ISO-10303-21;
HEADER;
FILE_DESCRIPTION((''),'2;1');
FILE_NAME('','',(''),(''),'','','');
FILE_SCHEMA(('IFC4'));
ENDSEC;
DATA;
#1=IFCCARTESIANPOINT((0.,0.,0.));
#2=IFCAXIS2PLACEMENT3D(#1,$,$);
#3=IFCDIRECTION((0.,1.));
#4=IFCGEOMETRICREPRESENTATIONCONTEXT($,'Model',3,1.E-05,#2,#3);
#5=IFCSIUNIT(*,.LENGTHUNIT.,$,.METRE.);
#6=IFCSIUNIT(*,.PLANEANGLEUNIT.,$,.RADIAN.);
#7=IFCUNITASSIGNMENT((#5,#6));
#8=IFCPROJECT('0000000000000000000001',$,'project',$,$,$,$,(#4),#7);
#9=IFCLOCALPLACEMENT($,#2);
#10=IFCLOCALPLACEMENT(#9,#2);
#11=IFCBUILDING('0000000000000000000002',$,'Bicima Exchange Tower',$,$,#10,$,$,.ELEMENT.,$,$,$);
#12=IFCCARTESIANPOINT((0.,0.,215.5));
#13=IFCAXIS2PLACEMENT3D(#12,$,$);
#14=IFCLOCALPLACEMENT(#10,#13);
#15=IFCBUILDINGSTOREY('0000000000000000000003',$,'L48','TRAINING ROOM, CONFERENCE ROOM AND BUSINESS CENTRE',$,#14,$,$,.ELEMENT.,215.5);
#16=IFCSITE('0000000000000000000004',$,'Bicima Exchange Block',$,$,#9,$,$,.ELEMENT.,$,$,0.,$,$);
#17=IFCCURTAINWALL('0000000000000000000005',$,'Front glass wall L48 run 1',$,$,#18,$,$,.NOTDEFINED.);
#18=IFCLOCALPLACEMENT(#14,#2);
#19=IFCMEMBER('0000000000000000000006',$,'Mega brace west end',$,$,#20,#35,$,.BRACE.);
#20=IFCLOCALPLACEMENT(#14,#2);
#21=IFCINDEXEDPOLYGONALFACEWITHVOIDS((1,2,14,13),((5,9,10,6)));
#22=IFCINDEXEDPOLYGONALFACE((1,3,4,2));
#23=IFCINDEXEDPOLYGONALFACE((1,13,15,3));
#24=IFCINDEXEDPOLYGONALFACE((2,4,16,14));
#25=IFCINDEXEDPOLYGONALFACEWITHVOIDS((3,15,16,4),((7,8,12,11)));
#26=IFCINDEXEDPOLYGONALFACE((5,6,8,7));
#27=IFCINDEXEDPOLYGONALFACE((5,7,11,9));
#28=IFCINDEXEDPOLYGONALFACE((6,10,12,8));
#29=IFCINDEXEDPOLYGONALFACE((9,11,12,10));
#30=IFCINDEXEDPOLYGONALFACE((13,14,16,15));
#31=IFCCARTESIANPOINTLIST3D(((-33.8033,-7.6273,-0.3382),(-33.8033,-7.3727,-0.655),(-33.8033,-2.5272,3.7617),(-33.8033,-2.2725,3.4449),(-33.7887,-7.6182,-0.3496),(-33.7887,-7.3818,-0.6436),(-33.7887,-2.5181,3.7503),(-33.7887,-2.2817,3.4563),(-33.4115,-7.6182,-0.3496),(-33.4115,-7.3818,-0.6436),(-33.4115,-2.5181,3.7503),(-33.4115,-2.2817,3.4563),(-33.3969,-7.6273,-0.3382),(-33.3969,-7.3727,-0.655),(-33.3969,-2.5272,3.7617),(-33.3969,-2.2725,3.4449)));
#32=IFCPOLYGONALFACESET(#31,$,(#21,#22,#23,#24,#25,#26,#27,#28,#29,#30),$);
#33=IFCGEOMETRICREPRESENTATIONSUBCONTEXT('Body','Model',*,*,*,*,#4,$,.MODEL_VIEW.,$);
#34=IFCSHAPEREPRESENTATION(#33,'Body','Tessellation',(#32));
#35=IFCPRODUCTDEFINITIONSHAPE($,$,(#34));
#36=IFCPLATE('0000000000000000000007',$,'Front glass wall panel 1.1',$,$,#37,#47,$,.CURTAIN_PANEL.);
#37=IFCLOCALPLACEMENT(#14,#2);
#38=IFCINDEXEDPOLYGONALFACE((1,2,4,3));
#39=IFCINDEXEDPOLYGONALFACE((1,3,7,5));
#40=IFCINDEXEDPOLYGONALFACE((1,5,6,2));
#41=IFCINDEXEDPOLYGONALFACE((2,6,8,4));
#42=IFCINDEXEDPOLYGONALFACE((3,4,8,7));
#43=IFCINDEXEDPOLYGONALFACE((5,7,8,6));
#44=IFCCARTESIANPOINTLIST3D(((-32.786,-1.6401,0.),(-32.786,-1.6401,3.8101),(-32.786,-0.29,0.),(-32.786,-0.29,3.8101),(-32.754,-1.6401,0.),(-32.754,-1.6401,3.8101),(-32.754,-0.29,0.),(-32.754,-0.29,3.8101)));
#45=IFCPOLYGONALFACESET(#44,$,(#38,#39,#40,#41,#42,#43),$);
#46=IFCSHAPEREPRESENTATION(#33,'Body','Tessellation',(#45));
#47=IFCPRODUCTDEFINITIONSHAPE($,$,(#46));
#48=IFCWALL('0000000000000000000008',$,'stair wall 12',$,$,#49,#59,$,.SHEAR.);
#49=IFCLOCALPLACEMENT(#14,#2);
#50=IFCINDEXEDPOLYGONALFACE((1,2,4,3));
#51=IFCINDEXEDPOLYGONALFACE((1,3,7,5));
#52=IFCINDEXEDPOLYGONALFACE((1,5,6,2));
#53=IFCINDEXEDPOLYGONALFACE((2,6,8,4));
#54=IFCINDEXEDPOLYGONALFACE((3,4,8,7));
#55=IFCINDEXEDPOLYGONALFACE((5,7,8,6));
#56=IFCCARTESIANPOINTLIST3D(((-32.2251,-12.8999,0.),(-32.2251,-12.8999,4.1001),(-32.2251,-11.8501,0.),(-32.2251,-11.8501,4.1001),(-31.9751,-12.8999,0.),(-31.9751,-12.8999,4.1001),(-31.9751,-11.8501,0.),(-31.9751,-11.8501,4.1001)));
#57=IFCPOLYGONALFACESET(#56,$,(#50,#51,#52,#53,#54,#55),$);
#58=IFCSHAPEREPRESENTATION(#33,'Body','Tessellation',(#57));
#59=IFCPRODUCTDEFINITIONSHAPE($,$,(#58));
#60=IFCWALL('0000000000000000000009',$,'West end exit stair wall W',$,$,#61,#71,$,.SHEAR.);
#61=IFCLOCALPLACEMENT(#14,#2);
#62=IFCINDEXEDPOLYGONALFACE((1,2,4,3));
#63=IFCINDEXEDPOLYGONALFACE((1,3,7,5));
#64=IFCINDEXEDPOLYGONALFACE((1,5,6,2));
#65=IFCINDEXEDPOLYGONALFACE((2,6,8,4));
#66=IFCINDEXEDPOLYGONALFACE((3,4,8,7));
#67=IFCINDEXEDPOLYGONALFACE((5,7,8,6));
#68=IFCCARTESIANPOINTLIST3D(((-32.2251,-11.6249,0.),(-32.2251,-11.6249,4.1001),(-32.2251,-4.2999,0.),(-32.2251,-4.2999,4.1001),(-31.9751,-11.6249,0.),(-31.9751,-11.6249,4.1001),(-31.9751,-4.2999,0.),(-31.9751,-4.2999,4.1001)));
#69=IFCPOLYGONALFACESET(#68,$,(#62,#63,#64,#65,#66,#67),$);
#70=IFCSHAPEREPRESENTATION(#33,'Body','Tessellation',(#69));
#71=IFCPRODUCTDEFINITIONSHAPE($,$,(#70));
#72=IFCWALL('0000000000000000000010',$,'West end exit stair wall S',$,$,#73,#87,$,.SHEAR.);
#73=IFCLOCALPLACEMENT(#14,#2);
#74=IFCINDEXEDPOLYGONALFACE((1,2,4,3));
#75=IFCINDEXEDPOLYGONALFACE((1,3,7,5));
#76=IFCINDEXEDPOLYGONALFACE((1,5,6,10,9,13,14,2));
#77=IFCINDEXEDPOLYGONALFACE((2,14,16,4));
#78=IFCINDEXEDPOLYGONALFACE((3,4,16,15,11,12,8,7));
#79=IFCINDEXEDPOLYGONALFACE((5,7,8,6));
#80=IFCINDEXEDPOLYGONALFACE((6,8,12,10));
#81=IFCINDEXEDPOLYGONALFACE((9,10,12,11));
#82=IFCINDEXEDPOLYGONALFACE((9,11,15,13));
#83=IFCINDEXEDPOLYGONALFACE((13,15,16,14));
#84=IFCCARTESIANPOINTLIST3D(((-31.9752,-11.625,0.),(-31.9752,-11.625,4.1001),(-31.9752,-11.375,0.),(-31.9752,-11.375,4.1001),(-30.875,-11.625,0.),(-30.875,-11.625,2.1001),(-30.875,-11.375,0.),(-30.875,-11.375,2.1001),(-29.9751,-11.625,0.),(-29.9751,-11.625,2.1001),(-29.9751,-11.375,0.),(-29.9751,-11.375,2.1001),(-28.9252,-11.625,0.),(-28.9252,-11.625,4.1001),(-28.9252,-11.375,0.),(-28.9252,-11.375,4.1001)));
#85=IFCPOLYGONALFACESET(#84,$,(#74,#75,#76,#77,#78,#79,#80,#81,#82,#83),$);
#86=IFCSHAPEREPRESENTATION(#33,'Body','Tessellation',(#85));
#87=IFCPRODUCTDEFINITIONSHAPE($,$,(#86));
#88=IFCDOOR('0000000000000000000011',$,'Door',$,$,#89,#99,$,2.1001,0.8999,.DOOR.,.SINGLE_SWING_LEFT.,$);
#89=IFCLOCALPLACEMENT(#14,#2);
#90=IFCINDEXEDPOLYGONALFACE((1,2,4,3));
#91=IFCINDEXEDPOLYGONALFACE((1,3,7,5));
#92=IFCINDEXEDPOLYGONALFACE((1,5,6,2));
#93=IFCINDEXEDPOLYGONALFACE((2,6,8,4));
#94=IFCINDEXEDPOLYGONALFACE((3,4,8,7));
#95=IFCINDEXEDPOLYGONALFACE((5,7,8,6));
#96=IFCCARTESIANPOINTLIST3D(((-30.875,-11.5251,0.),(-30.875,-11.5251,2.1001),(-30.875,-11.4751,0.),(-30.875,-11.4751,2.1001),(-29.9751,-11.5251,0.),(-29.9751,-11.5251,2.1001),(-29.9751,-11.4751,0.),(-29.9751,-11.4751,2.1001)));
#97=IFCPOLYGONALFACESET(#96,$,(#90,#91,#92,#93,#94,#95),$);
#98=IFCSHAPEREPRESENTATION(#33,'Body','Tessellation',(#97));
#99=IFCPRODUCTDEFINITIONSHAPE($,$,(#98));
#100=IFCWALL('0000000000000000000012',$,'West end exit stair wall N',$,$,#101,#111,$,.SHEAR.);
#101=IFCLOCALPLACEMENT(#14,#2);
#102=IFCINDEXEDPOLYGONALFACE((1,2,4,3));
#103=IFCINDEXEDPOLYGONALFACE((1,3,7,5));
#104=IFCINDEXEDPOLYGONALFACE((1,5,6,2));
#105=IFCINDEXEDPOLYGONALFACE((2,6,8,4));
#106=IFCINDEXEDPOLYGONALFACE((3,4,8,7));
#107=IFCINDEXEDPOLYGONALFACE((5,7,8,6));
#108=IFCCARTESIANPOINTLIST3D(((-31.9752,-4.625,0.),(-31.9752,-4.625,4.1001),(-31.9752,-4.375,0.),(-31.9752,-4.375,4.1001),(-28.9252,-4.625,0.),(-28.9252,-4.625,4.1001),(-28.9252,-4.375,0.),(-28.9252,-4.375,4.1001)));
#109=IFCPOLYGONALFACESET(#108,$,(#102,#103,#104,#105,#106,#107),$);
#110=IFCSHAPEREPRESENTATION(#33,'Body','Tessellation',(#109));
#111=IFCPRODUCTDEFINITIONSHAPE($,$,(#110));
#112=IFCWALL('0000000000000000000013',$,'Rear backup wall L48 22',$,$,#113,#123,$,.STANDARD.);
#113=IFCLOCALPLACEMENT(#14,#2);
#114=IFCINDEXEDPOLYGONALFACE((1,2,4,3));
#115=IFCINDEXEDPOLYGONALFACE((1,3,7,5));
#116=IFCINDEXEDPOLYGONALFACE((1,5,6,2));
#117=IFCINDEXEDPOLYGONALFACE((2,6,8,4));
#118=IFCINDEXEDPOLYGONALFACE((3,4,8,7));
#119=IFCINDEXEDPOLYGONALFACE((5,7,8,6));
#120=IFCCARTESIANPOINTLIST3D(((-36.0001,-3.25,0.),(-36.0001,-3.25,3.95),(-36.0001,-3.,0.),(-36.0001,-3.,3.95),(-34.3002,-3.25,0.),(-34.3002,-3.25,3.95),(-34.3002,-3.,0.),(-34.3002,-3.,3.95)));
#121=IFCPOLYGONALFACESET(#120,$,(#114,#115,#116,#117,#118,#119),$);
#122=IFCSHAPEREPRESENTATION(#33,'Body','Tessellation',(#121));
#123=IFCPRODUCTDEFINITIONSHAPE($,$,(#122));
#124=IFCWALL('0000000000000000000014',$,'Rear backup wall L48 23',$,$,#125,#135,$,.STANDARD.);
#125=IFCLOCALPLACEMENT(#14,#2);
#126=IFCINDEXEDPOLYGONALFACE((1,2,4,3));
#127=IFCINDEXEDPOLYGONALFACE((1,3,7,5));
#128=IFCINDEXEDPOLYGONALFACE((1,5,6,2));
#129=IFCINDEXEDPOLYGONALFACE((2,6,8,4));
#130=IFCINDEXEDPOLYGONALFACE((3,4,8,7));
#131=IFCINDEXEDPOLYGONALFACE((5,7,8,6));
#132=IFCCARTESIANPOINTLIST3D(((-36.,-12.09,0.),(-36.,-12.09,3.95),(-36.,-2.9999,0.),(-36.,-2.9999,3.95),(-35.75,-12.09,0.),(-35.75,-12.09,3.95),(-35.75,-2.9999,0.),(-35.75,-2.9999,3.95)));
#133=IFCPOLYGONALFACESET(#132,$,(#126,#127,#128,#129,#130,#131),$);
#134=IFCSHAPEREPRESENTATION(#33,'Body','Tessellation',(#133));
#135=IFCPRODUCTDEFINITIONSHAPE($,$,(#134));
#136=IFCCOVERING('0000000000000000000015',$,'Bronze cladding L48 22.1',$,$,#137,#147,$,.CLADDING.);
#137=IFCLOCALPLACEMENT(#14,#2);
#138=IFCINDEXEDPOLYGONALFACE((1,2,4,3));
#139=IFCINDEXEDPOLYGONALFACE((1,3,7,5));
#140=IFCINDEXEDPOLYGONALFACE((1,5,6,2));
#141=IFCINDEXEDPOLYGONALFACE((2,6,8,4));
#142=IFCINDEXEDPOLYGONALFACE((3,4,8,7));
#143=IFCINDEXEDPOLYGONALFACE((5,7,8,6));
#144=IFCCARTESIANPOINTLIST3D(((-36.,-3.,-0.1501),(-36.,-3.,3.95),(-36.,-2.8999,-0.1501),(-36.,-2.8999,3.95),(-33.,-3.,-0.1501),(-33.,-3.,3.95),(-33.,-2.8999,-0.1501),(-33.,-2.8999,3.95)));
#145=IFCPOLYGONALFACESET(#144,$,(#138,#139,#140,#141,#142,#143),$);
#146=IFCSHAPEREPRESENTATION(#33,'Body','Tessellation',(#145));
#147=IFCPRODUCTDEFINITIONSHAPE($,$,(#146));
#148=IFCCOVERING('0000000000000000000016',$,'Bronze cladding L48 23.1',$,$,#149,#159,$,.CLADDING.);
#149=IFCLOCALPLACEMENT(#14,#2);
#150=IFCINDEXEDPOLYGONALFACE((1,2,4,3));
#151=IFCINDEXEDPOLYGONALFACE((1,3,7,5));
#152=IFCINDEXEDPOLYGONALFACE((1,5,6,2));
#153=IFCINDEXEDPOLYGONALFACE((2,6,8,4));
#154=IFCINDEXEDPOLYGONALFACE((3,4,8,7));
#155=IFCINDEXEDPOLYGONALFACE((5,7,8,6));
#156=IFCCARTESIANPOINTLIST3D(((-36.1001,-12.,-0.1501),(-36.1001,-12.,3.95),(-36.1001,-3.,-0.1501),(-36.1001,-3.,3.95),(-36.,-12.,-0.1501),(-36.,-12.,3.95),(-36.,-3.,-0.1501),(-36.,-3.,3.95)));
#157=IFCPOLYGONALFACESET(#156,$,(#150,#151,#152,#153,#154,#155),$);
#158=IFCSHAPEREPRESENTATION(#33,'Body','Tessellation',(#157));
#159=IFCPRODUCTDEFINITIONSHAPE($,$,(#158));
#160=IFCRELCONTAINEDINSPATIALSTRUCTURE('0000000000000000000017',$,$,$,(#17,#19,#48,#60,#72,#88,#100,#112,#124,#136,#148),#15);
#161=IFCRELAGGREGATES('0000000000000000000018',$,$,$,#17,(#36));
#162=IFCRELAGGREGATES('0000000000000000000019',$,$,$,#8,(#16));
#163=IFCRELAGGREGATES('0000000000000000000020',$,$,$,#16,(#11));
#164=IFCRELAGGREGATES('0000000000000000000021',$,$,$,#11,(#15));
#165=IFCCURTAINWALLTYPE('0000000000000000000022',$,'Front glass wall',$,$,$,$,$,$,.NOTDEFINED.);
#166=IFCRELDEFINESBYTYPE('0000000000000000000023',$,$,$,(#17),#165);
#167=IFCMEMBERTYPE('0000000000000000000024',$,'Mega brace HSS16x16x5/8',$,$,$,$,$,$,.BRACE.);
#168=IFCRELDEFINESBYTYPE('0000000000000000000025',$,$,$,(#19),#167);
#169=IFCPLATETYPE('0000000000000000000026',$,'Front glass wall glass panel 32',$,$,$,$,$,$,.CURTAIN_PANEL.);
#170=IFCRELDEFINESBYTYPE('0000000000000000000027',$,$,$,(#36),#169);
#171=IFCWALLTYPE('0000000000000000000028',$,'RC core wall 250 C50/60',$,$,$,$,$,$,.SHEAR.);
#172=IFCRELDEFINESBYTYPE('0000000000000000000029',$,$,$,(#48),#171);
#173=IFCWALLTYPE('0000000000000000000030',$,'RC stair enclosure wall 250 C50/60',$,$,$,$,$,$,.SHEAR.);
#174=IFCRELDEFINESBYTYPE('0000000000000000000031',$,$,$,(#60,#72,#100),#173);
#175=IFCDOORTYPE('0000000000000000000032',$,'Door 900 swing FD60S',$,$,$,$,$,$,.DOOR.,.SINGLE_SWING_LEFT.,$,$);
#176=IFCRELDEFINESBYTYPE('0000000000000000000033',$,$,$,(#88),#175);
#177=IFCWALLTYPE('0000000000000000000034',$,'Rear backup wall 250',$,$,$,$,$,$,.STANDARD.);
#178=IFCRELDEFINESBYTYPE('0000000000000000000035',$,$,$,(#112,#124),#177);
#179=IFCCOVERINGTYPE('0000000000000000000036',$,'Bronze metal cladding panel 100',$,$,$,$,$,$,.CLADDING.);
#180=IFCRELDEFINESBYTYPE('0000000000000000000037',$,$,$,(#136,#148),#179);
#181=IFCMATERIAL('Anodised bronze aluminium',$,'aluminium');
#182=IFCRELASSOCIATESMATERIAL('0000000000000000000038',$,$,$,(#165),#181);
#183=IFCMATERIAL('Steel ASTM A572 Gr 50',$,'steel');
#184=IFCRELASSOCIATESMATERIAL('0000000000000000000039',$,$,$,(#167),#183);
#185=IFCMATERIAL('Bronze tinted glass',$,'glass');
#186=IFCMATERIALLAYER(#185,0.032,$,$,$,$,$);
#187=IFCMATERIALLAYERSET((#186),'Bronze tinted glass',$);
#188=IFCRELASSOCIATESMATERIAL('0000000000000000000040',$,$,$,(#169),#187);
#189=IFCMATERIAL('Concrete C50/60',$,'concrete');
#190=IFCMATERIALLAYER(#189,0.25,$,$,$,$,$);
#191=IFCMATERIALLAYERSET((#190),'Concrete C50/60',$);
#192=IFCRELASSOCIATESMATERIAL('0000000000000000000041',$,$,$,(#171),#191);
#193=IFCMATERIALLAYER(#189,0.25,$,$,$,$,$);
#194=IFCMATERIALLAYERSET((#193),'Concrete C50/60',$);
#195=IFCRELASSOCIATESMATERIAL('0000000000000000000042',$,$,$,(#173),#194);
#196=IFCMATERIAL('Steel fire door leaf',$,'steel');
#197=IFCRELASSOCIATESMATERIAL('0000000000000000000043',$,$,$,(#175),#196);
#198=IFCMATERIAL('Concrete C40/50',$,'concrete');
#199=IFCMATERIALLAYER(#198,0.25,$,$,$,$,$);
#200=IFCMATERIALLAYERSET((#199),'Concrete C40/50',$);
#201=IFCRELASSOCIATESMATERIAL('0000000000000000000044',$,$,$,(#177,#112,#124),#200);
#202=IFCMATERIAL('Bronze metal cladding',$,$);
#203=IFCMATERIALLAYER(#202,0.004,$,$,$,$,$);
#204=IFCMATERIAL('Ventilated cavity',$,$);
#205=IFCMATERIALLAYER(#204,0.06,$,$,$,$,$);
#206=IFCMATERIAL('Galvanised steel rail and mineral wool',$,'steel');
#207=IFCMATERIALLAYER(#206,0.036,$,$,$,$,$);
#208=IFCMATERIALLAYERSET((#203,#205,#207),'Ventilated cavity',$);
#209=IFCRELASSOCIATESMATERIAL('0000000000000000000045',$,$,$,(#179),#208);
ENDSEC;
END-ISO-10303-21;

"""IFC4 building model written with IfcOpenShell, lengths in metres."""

from ifc_helpers import new_model, si_unit, direction, frame, frame_2d, origin, origin_2d, place, context, subcontext, project, spatial, rectangle, hollow_rectangle, extrude, material, layer, layer_set, layer_usage, material_profile, profile_set, type_object, element, fill, aggregate, save


model = new_model("IFC4")

# Units and contexts
model_context = context("Model", 3, precision=1e-05, world=origin(), true_north=direction((0.0, 1.0)))
body_context = subcontext(model_context, "Body", "Model", "MODEL_VIEW")
ifc_project = project(units=[si_unit("LENGTHUNIT", "METRE"), si_unit("PLANEANGLEUNIT", "RADIAN")], contexts=[model_context])

# Site, building, storey
site_placement = place(None, origin())
site = spatial("IfcSite", under=ifc_project, at=site_placement, Name="Bicima Exchange Block", CompositionType="ELEMENT", RefElevation=0.0)
building_placement = place(site_placement, origin())
building = spatial("IfcBuilding", under=site, at=building_placement, Name="Bicima Exchange Tower", CompositionType="ELEMENT")
storey_placement = place(building_placement, frame((0.0, 0.0, 215.5)))
storey = spatial("IfcBuildingStorey", under=building, at=storey_placement, Name="L48", Description="TRAINING ROOM, CONFERENCE ROOM AND BUSINESS CENTRE", CompositionType="ELEMENT", Elevation=215.5)

# Shared definitions
ifc_material_1 = material(Name="Steel ASTM A572 Gr 50", Category="steel")

# Shared definitions
ifc_material_2 = material(Name="Anodised bronze aluminium", Category="aluminium")

# Curtain wall
curtain_wall_type_1 = type_object("IfcCurtainWallType", Name="Front glass wall", PredefinedType="NOTDEFINED", material=ifc_material_2)
curtain_wall_1_placement = place(storey_placement, origin())
curtain_wall_1 = element("IfcCurtainWall", 1, at=curtain_wall_1_placement, inside=storey, type_object=curtain_wall_type_1, Name="Front glass wall L48 run 1", PredefinedType="NOTDEFINED")

# Member
ifc_material_profile_1 = material_profile(ifc_material_1, hollow_rectangle(XDim=0.4065, YDim=0.4065, WallThickness=0.0146, at=origin_2d()))
ifc_profile_set_1 = profile_set([ifc_material_profile_1], Name="Steel ASTM A572 Gr 50")
member_type_1 = type_object("IfcMemberType", Name="Mega brace HSS16x16x5/8", PredefinedType="BRACE", material=ifc_profile_set_1)
for number, where, z_axis, x_axis, name in (
    (2, (-33.6001, -7.5, -0.4966), (0.0, 0.779392, 0.626536), (-1.0, 0.0, 0.0), "Mega brace west end"),
):
    element("IfcMember", number, at=place(storey_placement, frame(where, z_axis=z_axis, x_axis=x_axis)), inside=storey, type_object=member_type_1, Name=name, PredefinedType="BRACE", context=body_context, shape_type="SweptSolid", body=[
        extrude(hollow_rectangle(XDim=0.4065, YDim=0.4065, WallThickness=0.0146, at=origin_2d()), origin(), (0.0, 0.0, 1.0), 6.5437),
    ])

# Plate
ifc_material_3 = material(Name="Bronze tinted glass", Category="glass")
ifc_layer_1 = layer(ifc_material_3, 0.032)
ifc_layer_set_1 = layer_set([ifc_layer_1], Name="Bronze tinted glass")
plate_type = type_object("IfcPlateType", Name="Front glass wall glass panel 32", PredefinedType="CURTAIN_PANEL", material=ifc_layer_set_1)
plate_placement = place(storey_placement, frame((-32.77, -0.9651, 0.0), z_axis=(0.0, 0.0, 1.0), x_axis=(0.0, -1.0, 0.0)))
plate = element("IfcPlate", 3, at=plate_placement, type_object=plate_type, Name="Front glass wall panel 1.1", PredefinedType="CURTAIN_PANEL", context=body_context, shape_type="SweptSolid", body=[
    extrude(rectangle(XDim=1.3501, YDim=0.032, at=origin_2d()), origin(), (0.0, 0.0, 1.0), 3.8101),
])
aggregate(curtain_wall_1, [plate])

# Walls
ifc_material_4 = material(Name="Concrete C50/60", Category="concrete")
ifc_layer_2 = layer(ifc_material_4, 0.25)
ifc_layer_set_2 = layer_set([ifc_layer_2], Name="Concrete C50/60")
wall_type_1 = type_object("IfcWallType", Name="RC core wall 250 C50/60", PredefinedType="SHEAR", material=ifc_layer_set_2)
wall_1_placement = place(storey_placement, frame((-32.1001, -12.8999, 0.0), z_axis=(0.0, 0.0, 1.0), x_axis=(0.0, 1.0, 0.0)))
element("IfcWall", 4, at=wall_1_placement, inside=storey, type_object=wall_type_1, Name="stair wall 12", PredefinedType="SHEAR", context=body_context, shape_type="SweptSolid", body=[
    extrude(rectangle(XDim=1.0498, YDim=0.25, at=frame_2d((0.5249, 0.0))), origin(), (0.0, 0.0, 1.0), 4.1001),
])
ifc_layer_3 = layer(ifc_material_4, 0.25)
ifc_layer_set_3 = layer_set([ifc_layer_3], Name="Concrete C50/60")
wall_type_2 = type_object("IfcWallType", Name="RC stair enclosure wall 250 C50/60", PredefinedType="SHEAR", material=ifc_layer_set_3)
wall_2_placement = place(storey_placement, frame((-32.1001, -11.625, 0.0), z_axis=(0.0, 0.0, 1.0), x_axis=(0.0, 1.0, 0.0)))
element("IfcWall", 5, at=wall_2_placement, inside=storey, type_object=wall_type_2, Name="West end exit stair wall W", PredefinedType="SHEAR", context=body_context, shape_type="SweptSolid", body=[
    extrude(rectangle(XDim=7.325, YDim=0.25, at=frame_2d((3.6626, 0.0))), origin(), (0.0, 0.0, 1.0), 4.1001),
])

# Wall, opening, door
wall_3_placement = place(storey_placement, frame((-31.9751, -11.5, 0.0), z_axis=(0.0, 0.0, 1.0), x_axis=(1.0, 0.0, 0.0)))
wall_3 = element("IfcWall", 6, at=wall_3_placement, inside=storey, type_object=wall_type_2, Name="West end exit stair wall S", PredefinedType="SHEAR", context=body_context, shape_type="SweptSolid", body=[
    extrude(rectangle(XDim=3.05, YDim=0.25, at=frame_2d((1.5249, 0.0))), origin(), (0.0, 0.0, 1.0), 4.1001),
])
opening_placement = place(wall_3_placement, frame((1.1001, 0.0, 0.0)))
opening = element("IfcOpeningElement", 7, at=opening_placement, cuts=wall_3, PredefinedType="OPENING", context=body_context, shape_type="SweptSolid", body=[
    extrude(rectangle(XDim=0.8999, YDim=2.1001, at=frame_2d((0.45, 1.05))), frame((0.0, 0.137, 0.0), z_axis=(0.0, -1.0, 0.0), x_axis=(1.0, 0.0, 0.0)), (0.0, 0.0, 1.0), 0.2739),
])
ifc_material_5 = material(Name="Steel fire door leaf", Category="steel")
door_type = type_object("IfcDoorType", Name="Door 900 swing FD60S", OperationType="SINGLE_SWING_LEFT", PredefinedType="DOOR", material=ifc_material_5)
door_placement = place(opening_placement, origin())
door = element("IfcDoor", 8, at=door_placement, inside=storey, type_object=door_type, Name="Door", OperationType="SINGLE_SWING_LEFT", OverallHeight=2.1001, OverallWidth=0.8999, PredefinedType="DOOR", context=body_context, shape_type="SweptSolid", body=[
    extrude(rectangle(XDim=0.8999, YDim=2.1001, at=frame_2d((0.45, 1.05))), frame((0.0, 0.0249, 0.0), z_axis=(0.0, -1.0, 0.0), x_axis=(1.0, 0.0, 0.0)), (0.0, 0.0, 1.0), 0.05),
])
fill(opening, door)

# Walls
wall_4_placement = place(storey_placement, frame((-31.9751, -4.5, 0.0), z_axis=(0.0, 0.0, 1.0), x_axis=(1.0, 0.0, 0.0)))
element("IfcWall", 9, at=wall_4_placement, inside=storey, type_object=wall_type_2, Name="West end exit stair wall N", PredefinedType="SHEAR", context=body_context, shape_type="SweptSolid", body=[
    extrude(rectangle(XDim=3.05, YDim=0.25, at=frame_2d((1.5249, 0.0))), origin(), (0.0, 0.0, 1.0), 4.1001),
])
ifc_material_6 = material(Name="Concrete C40/50", Category="concrete")
ifc_layer_4 = layer(ifc_material_6, 0.25)
ifc_layer_set_4 = layer_set([ifc_layer_4], Name="Concrete C40/50")
ifc_layer_usage = layer_usage(ifc_layer_set_4, "AXIS2", "POSITIVE", -0.125)
wall_type_3 = type_object("IfcWallType", Name="Rear backup wall 250", PredefinedType="STANDARD", material=ifc_layer_set_4)
wall_5_placement = place(storey_placement, frame((-34.3, -3.125, 0.0), z_axis=(0.0, 0.0, 1.0), x_axis=(-1.0, 0.0, 0.0)))
element("IfcWall", 10, at=wall_5_placement, inside=storey, type_object=wall_type_3, material=ifc_layer_usage, Name="Rear backup wall L48 22", PredefinedType="STANDARD", context=body_context, shape_type="SweptSolid", body=[
    extrude(rectangle(XDim=1.7, YDim=0.25, at=frame_2d((0.8501, 0.0))), origin(), (0.0, 0.0, 1.0), 3.95),
])
wall_6_placement = place(storey_placement, frame((-35.875, -3.0, 0.0), z_axis=(0.0, 0.0, 1.0), x_axis=(0.0, -1.0, 0.0)))
element("IfcWall", 11, at=wall_6_placement, inside=storey, type_object=wall_type_3, material=ifc_layer_usage, Name="Rear backup wall L48 23", PredefinedType="STANDARD", context=body_context, shape_type="SweptSolid", body=[
    extrude(rectangle(XDim=9.0901, YDim=0.25, at=frame_2d((4.5449, 0.0))), origin(), (0.0, 0.0, 1.0), 3.95),
])

# Coverings
ifc_material_7 = material(Name="Bronze metal cladding")
ifc_layer_5 = layer(ifc_material_7, 0.004)
ifc_material_8 = material(Name="Ventilated cavity")
ifc_layer_6 = layer(ifc_material_8, 0.06)
ifc_material_9 = material(Name="Galvanised steel rail and mineral wool", Category="steel")
ifc_layer_7 = layer(ifc_material_9, 0.036)
ifc_layer_set_5 = layer_set([ifc_layer_5, ifc_layer_6, ifc_layer_7], Name="Ventilated cavity")
covering_type = type_object("IfcCoveringType", Name="Bronze metal cladding panel 100", PredefinedType="CLADDING", material=ifc_layer_set_5)
covering_1_placement = place(storey_placement, frame((-34.5, -2.95, -0.1501), z_axis=(0.0, 0.0, 1.0), x_axis=(-1.0, 0.0, 0.0)))
element("IfcCovering", 12, at=covering_1_placement, inside=storey, type_object=covering_type, Name="Bronze cladding L48 22.1", PredefinedType="CLADDING", context=body_context, shape_type="SweptSolid", body=[
    extrude(rectangle(XDim=3.0, YDim=0.1001, at=origin_2d()), origin(), (0.0, 0.0, 1.0), 4.1001),
])
covering_2_placement = place(storey_placement, frame((-36.05, -7.5, -0.1501), z_axis=(0.0, 0.0, 1.0), x_axis=(0.0, -1.0, 0.0)))
element("IfcCovering", 13, at=covering_2_placement, inside=storey, type_object=covering_type, Name="Bronze cladding L48 23.1", PredefinedType="CLADDING", context=body_context, shape_type="SweptSolid", body=[
    extrude(rectangle(XDim=9.0, YDim=0.1001, at=origin_2d()), origin(), (0.0, 0.0, 1.0), 4.1001),
])

save(model, "model.ifc")
